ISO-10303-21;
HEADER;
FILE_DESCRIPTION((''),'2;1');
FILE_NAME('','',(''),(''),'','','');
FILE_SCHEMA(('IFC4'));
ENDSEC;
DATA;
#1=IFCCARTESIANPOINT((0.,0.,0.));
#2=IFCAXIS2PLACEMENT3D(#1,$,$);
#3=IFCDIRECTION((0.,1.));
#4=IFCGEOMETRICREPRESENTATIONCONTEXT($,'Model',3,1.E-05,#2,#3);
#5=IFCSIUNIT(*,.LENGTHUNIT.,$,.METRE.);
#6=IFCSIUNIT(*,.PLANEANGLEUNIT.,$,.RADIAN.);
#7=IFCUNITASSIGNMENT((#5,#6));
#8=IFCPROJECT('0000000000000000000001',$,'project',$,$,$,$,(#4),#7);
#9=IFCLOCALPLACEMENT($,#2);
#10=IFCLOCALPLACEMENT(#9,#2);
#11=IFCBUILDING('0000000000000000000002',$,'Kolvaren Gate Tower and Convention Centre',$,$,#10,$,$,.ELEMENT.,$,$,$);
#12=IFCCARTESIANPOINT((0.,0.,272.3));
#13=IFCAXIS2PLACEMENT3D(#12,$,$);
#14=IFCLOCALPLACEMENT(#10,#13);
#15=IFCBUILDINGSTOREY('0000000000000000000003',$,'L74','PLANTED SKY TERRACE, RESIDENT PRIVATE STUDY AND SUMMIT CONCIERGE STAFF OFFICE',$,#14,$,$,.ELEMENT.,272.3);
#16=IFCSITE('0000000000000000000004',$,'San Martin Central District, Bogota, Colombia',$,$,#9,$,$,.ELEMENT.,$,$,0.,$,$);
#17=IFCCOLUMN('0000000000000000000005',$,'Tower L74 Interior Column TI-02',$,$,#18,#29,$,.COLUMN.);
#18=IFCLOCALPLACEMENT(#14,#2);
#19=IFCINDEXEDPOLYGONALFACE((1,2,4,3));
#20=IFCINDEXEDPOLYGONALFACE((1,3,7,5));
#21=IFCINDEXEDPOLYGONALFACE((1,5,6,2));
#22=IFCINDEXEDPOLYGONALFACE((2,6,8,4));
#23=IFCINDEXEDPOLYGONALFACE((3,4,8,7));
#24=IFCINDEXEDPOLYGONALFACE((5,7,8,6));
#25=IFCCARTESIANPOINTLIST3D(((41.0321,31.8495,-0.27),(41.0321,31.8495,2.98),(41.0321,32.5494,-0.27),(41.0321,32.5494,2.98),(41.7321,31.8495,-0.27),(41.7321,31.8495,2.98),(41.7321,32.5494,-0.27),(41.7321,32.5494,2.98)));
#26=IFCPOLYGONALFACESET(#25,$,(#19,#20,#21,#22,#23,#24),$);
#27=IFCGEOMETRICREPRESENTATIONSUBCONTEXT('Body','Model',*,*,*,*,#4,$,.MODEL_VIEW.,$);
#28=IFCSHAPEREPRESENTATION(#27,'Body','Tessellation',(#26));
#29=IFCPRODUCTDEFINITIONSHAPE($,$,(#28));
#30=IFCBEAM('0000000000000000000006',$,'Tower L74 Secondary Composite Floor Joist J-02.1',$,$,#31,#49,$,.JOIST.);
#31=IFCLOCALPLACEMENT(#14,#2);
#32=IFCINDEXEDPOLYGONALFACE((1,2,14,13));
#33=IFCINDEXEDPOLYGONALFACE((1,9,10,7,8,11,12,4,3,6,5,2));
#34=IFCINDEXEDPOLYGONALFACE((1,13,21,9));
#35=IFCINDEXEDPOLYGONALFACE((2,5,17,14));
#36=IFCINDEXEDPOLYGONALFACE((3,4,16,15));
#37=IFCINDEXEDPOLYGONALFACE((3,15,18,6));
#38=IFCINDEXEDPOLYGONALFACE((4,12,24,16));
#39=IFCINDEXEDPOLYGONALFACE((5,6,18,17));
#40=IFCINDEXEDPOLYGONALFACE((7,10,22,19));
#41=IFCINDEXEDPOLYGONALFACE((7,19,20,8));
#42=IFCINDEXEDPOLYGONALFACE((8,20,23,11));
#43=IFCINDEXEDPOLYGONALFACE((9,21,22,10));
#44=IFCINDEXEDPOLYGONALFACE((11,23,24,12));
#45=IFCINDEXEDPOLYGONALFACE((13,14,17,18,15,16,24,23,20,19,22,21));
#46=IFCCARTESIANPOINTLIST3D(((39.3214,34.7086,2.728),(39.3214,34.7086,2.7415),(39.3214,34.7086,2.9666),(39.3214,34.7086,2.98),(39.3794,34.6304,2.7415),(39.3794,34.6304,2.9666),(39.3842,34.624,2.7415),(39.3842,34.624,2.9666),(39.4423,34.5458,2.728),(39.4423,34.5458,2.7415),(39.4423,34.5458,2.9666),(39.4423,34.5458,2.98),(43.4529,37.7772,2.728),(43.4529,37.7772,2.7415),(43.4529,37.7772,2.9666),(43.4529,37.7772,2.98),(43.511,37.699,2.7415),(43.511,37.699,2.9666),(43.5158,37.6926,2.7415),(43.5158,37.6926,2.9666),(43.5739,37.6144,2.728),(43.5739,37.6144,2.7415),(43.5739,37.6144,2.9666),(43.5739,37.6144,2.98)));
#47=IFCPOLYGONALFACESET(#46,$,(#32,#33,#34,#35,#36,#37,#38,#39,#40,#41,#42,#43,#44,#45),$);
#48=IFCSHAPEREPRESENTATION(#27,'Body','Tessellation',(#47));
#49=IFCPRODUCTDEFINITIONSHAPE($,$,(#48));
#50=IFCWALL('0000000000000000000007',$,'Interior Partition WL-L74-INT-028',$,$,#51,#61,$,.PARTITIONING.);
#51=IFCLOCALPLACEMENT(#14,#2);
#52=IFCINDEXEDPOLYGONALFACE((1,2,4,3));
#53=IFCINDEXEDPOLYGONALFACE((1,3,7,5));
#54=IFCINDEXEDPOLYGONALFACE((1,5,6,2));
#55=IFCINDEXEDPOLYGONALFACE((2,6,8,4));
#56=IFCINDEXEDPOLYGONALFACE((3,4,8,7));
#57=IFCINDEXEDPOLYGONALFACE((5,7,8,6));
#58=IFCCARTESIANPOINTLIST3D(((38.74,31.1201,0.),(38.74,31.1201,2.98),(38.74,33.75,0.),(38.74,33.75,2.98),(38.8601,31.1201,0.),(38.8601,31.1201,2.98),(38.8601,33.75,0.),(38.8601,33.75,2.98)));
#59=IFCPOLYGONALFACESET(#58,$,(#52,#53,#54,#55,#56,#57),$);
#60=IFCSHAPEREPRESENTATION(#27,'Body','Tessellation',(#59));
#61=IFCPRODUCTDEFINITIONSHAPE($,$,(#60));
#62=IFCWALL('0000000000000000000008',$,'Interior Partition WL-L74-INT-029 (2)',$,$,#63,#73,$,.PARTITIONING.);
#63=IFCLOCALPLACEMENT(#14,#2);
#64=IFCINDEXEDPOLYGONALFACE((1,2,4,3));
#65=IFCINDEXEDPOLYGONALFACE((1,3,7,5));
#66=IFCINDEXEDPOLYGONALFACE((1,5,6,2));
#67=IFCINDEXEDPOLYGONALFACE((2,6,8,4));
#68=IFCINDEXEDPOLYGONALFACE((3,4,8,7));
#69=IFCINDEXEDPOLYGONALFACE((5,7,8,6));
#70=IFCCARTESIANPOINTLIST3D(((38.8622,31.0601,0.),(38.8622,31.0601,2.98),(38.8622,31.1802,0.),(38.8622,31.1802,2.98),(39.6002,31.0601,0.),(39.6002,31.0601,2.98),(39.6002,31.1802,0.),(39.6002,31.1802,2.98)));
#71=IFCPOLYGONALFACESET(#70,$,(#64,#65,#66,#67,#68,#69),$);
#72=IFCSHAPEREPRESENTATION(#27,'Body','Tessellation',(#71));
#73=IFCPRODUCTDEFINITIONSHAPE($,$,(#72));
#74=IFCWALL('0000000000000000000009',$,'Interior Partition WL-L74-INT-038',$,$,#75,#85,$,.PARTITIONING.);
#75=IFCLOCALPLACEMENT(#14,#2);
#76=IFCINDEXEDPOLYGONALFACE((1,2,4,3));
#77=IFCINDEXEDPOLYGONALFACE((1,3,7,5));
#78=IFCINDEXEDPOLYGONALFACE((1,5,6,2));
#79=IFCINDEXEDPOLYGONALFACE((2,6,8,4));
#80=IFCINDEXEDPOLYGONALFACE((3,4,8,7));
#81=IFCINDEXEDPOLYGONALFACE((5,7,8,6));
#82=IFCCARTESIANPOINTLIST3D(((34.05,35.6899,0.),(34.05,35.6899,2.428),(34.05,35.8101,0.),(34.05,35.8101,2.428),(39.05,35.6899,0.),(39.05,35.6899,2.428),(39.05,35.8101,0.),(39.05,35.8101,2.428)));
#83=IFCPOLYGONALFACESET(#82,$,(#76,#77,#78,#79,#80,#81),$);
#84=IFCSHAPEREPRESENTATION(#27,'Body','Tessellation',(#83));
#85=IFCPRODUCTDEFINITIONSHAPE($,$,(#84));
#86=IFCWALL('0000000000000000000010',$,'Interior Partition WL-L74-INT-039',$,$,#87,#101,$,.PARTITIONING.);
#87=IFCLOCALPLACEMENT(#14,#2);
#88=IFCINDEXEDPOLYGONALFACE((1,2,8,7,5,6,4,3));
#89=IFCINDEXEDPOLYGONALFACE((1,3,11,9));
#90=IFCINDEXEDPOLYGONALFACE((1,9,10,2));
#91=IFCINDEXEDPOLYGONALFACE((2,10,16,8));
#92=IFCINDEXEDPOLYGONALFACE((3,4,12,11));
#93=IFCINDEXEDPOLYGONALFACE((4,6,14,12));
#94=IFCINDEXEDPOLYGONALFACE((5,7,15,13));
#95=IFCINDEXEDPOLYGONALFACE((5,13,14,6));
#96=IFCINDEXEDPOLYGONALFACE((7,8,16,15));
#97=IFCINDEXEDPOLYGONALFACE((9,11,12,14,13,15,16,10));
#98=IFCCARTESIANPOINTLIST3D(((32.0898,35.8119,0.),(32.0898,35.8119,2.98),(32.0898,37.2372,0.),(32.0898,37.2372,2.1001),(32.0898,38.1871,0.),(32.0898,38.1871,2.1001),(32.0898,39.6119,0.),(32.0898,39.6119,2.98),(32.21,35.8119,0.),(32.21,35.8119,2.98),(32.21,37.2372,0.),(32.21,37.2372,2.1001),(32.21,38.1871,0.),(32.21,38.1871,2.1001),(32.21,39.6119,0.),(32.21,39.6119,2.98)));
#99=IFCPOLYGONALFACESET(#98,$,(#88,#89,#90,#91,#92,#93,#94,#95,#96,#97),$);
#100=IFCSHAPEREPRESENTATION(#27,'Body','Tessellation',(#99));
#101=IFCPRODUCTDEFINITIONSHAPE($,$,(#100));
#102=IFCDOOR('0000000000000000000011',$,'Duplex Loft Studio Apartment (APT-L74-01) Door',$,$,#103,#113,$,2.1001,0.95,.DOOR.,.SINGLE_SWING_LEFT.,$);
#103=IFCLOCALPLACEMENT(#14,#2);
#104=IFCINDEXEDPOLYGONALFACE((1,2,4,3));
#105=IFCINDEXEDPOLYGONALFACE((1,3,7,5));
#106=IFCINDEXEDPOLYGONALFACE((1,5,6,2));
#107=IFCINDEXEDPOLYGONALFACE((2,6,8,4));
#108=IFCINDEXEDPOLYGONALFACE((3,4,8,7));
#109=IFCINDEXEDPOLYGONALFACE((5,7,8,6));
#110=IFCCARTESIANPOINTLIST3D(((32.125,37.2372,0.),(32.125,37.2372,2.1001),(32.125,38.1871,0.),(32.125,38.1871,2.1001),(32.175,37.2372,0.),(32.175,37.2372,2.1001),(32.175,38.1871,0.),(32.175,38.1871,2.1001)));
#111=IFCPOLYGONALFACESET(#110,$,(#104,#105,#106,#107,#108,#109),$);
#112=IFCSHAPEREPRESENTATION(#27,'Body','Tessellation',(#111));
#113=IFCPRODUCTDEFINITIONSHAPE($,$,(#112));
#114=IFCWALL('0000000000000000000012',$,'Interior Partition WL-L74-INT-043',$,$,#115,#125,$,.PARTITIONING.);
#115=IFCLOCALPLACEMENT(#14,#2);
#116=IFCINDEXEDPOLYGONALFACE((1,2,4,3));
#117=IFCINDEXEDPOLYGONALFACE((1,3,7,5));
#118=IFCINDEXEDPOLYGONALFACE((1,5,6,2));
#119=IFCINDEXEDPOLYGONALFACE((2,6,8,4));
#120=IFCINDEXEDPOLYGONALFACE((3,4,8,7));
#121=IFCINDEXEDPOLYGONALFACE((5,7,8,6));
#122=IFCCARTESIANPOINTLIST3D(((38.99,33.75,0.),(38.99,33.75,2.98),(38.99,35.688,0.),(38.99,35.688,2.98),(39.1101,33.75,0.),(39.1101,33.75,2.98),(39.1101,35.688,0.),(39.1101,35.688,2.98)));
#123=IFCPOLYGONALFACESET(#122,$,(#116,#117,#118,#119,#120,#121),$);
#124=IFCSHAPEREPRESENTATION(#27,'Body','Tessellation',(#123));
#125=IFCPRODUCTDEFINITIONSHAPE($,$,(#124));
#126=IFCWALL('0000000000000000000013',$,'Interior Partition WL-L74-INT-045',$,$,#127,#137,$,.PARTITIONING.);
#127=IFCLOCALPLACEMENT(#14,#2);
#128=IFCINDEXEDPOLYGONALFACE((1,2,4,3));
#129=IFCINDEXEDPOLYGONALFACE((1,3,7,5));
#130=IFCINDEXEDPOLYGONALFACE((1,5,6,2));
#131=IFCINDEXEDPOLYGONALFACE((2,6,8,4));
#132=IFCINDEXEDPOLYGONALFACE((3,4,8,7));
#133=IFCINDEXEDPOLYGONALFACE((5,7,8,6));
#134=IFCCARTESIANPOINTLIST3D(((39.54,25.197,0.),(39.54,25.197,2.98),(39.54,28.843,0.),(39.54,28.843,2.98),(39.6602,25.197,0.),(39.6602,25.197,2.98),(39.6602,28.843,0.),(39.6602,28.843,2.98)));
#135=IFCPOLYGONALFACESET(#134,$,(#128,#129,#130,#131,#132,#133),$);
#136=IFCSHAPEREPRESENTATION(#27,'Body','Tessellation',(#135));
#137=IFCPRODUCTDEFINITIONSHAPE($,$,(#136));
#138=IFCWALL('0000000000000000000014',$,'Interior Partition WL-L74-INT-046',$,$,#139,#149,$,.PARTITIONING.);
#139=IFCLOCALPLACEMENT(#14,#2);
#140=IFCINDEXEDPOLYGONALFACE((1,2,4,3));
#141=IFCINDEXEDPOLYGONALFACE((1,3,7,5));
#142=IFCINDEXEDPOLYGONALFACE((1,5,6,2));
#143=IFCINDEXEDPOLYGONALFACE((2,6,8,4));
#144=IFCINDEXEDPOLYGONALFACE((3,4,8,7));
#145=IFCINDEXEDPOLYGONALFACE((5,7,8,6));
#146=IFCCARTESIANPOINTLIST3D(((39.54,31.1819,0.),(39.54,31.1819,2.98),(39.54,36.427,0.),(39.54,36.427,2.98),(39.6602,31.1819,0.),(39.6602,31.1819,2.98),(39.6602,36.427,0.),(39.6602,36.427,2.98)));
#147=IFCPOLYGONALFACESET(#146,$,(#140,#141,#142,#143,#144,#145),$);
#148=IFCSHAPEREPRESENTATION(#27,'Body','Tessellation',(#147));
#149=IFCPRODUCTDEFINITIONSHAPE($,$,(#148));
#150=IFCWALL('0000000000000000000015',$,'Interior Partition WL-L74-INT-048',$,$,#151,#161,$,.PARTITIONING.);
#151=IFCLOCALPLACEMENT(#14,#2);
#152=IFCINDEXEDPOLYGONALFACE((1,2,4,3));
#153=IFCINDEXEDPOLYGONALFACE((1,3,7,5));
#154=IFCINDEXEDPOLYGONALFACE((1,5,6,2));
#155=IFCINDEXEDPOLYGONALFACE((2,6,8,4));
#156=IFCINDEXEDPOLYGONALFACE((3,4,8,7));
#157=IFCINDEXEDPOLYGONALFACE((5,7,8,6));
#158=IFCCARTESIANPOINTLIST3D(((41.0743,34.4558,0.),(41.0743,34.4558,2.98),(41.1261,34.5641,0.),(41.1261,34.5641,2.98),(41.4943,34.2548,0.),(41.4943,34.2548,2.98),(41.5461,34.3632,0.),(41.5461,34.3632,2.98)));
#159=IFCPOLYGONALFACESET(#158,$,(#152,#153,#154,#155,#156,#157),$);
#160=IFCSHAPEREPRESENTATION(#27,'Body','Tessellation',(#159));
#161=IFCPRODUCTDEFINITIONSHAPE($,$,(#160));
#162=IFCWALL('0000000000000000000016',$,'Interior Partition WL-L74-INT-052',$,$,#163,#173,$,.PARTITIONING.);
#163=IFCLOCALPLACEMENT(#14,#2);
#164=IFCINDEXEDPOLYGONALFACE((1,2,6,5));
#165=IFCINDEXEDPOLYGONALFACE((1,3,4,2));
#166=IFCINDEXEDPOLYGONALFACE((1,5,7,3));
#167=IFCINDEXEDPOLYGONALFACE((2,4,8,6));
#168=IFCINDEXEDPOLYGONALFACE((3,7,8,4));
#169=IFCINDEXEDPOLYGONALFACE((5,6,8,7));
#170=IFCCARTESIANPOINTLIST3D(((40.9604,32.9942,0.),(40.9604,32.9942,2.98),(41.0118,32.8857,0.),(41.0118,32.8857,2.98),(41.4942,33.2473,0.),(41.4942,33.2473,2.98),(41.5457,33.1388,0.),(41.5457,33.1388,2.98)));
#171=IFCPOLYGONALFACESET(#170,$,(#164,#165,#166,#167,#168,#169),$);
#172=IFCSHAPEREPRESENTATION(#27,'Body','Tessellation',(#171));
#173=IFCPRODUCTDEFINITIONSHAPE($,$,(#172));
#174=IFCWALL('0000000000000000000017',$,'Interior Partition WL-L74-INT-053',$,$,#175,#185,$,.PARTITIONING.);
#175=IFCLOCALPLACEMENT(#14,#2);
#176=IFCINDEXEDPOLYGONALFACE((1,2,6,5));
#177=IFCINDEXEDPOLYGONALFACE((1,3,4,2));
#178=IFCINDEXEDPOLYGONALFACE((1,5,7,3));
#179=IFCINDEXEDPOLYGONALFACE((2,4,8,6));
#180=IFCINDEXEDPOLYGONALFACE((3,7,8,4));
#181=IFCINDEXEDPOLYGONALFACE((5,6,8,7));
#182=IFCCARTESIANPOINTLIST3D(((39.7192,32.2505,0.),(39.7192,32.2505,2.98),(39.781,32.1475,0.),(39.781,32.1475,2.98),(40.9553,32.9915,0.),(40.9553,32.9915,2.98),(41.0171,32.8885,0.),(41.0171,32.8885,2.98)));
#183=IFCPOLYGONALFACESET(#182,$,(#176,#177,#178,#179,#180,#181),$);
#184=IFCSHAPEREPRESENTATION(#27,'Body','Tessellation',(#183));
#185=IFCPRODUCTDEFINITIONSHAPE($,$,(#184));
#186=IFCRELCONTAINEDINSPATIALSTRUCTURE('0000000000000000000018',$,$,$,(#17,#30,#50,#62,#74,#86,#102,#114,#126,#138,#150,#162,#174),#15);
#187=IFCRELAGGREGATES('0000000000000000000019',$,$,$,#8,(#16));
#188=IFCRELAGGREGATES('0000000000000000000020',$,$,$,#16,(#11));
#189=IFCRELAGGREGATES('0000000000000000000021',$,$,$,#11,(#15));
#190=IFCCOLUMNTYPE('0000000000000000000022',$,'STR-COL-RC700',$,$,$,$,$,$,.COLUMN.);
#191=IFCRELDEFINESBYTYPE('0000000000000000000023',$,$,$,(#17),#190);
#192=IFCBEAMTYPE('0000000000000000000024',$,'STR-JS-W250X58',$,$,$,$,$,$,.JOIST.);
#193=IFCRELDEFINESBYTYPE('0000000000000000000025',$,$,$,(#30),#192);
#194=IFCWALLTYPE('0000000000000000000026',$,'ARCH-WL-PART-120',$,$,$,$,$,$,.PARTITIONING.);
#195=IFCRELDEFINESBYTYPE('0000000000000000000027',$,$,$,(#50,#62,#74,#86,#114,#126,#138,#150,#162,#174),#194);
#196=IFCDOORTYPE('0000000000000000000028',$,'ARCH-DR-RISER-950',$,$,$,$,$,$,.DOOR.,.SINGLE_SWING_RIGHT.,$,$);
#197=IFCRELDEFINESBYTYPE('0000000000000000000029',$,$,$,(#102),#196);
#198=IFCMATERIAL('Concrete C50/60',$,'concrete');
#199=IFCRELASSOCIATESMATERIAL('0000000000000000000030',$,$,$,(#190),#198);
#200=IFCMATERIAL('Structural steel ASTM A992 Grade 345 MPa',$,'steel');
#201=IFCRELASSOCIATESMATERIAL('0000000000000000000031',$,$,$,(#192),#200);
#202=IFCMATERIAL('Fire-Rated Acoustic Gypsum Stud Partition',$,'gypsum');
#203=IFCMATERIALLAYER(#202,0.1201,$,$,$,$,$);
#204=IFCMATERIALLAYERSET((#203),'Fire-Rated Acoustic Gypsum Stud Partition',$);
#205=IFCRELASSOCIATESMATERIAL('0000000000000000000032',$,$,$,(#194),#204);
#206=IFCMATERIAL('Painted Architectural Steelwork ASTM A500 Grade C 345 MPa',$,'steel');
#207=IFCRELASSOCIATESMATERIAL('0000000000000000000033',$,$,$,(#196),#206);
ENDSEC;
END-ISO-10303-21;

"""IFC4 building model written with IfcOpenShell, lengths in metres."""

from ifc_helpers import new_model, si_unit, direction, frame, frame_2d, origin, origin_2d, place, context, subcontext, project, spatial, rectangle, i_section, extrude, material, layer, layer_set, material_profile, profile_set, type_object, element, fill, save


model = new_model("IFC4")

# Units and contexts
model_context = context("Model", 3, precision=1e-05, world=origin(), true_north=direction((0.0, 1.0)))
body_context = subcontext(model_context, "Body", "Model", "MODEL_VIEW")
ifc_project = project(units=[si_unit("LENGTHUNIT", "METRE"), si_unit("PLANEANGLEUNIT", "RADIAN")], contexts=[model_context])

# Site, building, storey
site_placement = place(None, origin())
site = spatial("IfcSite", under=ifc_project, at=site_placement, Name="San Martin Central District, Bogota, Colombia", CompositionType="ELEMENT", RefElevation=0.0)
building_placement = place(site_placement, origin())
building = spatial("IfcBuilding", under=site, at=building_placement, Name="Kolvaren Gate Tower and Convention Centre", CompositionType="ELEMENT")
storey_placement = place(building_placement, frame((0.0, 0.0, 272.3)))
storey = spatial("IfcBuildingStorey", under=building, at=storey_placement, Name="L74", Description="PLANTED SKY TERRACE, RESIDENT PRIVATE STUDY AND SUMMIT CONCIERGE STAFF OFFICE", CompositionType="ELEMENT", Elevation=272.3)

# Column
ifc_material_1 = material(Name="Concrete C50/60", Category="concrete")
ifc_material_profile_1 = material_profile(ifc_material_1, rectangle(XDim=0.7, YDim=0.7, at=origin_2d()), Name="RC-COL-700X700")
ifc_profile_set_1 = profile_set([ifc_material_profile_1], Name="Concrete C50/60")
column_type = type_object("IfcColumnType", Name="STR-COL-RC700", PredefinedType="COLUMN", material=ifc_profile_set_1)
column_placement = place(storey_placement, frame((41.3821, 32.1995, -0.27), z_axis=(0.0, 0.0, 1.0), x_axis=(1.0, 0.0, 0.0)))
element("IfcColumn", 1, at=column_placement, inside=storey, type_object=column_type, Name="Tower L74 Interior Column TI-02", PredefinedType="COLUMN", context=body_context, shape_type="SweptSolid", body=[
    extrude(rectangle(XDim=0.7, YDim=0.7, at=origin_2d()), origin(), (0.0, 0.0, 1.0), 3.25),
])

# Beam
ifc_material_2 = material(Name="Structural steel ASTM A992 Grade 345 MPa", Category="steel")
ifc_material_profile_2 = material_profile(ifc_material_2, i_section(OverallWidth=0.2029, OverallDepth=0.252, WebThickness=0.0081, FlangeThickness=0.0134, at=origin_2d()), Name="W250X58")
ifc_profile_set_2 = profile_set([ifc_material_profile_2], Name="Structural steel ASTM A992 Grade 345 MPa")
beam_type = type_object("IfcBeamType", Name="STR-JS-W250X58", PredefinedType="JOIST", material=ifc_profile_set_2)
beam_placement = place(storey_placement, frame((39.3818, 34.6272, 2.854), z_axis=(0.802798, 0.596252, 0.0), x_axis=(-0.596252, 0.802798, 0.0)))
element("IfcBeam", 2, at=beam_placement, inside=storey, type_object=beam_type, Name="Tower L74 Secondary Composite Floor Joist J-02.1", PredefinedType="JOIST", context=body_context, shape_type="SweptSolid", body=[
    extrude(i_section(OverallWidth=0.2029, OverallDepth=0.252, WebThickness=0.0081, FlangeThickness=0.0134, at=origin_2d()), origin(), (0.0, 0.0, 1.0), 5.1465),
])

# Walls
ifc_material_3 = material(Name="Fire-Rated Acoustic Gypsum Stud Partition", Category="gypsum")
ifc_layer_1 = layer(ifc_material_3, 0.1201)
ifc_layer_set_1 = layer_set([ifc_layer_1], Name="Fire-Rated Acoustic Gypsum Stud Partition")
wall_type_1 = type_object("IfcWallType", Name="ARCH-WL-PART-120", PredefinedType="PARTITIONING", material=ifc_layer_set_1)
wall_1_placement = place(storey_placement, frame((38.8, 31.1201, 0.0), z_axis=(0.0, 0.0, 1.0), x_axis=(0.0, 1.0, 0.0)))
element("IfcWall", 3, at=wall_1_placement, inside=storey, type_object=wall_type_1, Name="Interior Partition WL-L74-INT-028", PredefinedType="PARTITIONING", context=body_context, shape_type="SweptSolid", body=[
    extrude(rectangle(XDim=2.6299, YDim=0.1201, at=frame_2d((1.3149, 0.0))), origin(), (0.0, 0.0, 1.0), 2.98),
])
wall_2_placement = place(storey_placement, frame((38.8621, 31.1201, 0.0), z_axis=(0.0, 0.0, 1.0), x_axis=(1.0, 0.0, 0.0)))
element("IfcWall", 4, at=wall_2_placement, inside=storey, type_object=wall_type_1, Name="Interior Partition WL-L74-INT-029 (2)", PredefinedType="PARTITIONING", context=body_context, shape_type="SweptSolid", body=[
    extrude(rectangle(XDim=0.738, YDim=0.1201, at=frame_2d((0.3691, 0.0))), origin(), (0.0, 0.0, 1.0), 2.98),
])
wall_3_placement = place(storey_placement, frame((34.05, 35.75, 0.0), z_axis=(0.0, 0.0, 1.0), x_axis=(1.0, 0.0, 0.0)))
element("IfcWall", 5, at=wall_3_placement, inside=storey, type_object=wall_type_1, Name="Interior Partition WL-L74-INT-038", PredefinedType="PARTITIONING", context=body_context, shape_type="SweptSolid", body=[
    extrude(rectangle(XDim=5.0, YDim=0.1201, at=frame_2d((2.5, 0.0))), origin(), (0.0, 0.0, 1.0), 2.428),
])

# Wall, opening, door
wall_4_placement = place(storey_placement, frame((32.1499, 35.812, 0.0), z_axis=(0.0, 0.0, 1.0), x_axis=(0.0, 1.0, 0.0)))
wall_4 = element("IfcWall", 6, at=wall_4_placement, inside=storey, type_object=wall_type_1, Name="Interior Partition WL-L74-INT-039", PredefinedType="PARTITIONING", context=body_context, shape_type="SweptSolid", body=[
    extrude(rectangle(XDim=3.8, YDim=0.1201, at=frame_2d((1.8999, 0.0))), origin(), (0.0, 0.0, 1.0), 2.98),
])
opening_1_placement = place(wall_4_placement, frame((1.425, 0.0, 0.0)))
opening_1 = element("IfcOpeningElement", 7, at=opening_1_placement, cuts=wall_4, PredefinedType="OPENING", context=body_context, shape_type="SweptSolid", body=[
    extrude(rectangle(XDim=0.95, YDim=2.1001, at=frame_2d((0.4751, 1.05))), frame((0.0, 0.0701, 0.0), z_axis=(0.0, -1.0, 0.0), x_axis=(1.0, 0.0, 0.0)), (0.0, 0.0, 1.0), 0.1401),
])
ifc_material_4 = material(Name="Painted Architectural Steelwork ASTM A500 Grade C 345 MPa", Category="steel")
door_type = type_object("IfcDoorType", Name="ARCH-DR-RISER-950", OperationType="SINGLE_SWING_RIGHT", PredefinedType="DOOR", material=ifc_material_4)
door_1_placement = place(opening_1_placement, origin())
door_1 = element("IfcDoor", 8, at=door_1_placement, inside=storey, type_object=door_type, Name="Duplex Loft Studio Apartment (APT-L74-01) Door", OperationType="SINGLE_SWING_LEFT", OverallHeight=2.1001, OverallWidth=0.95, PredefinedType="DOOR", context=body_context, shape_type="SweptSolid", body=[
    extrude(rectangle(XDim=0.95, YDim=2.1001, at=frame_2d((0.4751, 1.05))), frame((0.0, 0.0249, 0.0), z_axis=(0.0, -1.0, 0.0), x_axis=(1.0, 0.0, 0.0)), (0.0, 0.0, 1.0), 0.05),
])
fill(opening_1, door_1)

# Walls
wall_5_placement = place(storey_placement, frame((39.05, 33.75, 0.0), z_axis=(0.0, 0.0, 1.0), x_axis=(0.0, 1.0, 0.0)))
element("IfcWall", 9, at=wall_5_placement, inside=storey, type_object=wall_type_1, Name="Interior Partition WL-L74-INT-043", PredefinedType="PARTITIONING", context=body_context, shape_type="SweptSolid", body=[
    extrude(rectangle(XDim=1.938, YDim=0.1201, at=frame_2d((0.969, 0.0))), origin(), (0.0, 0.0, 1.0), 2.98),
])
wall_6_placement = place(storey_placement, frame((39.6001, 25.197, 0.0), z_axis=(0.0, 0.0, 1.0), x_axis=(0.0, 1.0, 0.0)))
element("IfcWall", 10, at=wall_6_placement, inside=storey, type_object=wall_type_1, Name="Interior Partition WL-L74-INT-045", PredefinedType="PARTITIONING", context=body_context, shape_type="SweptSolid", body=[
    extrude(rectangle(XDim=3.646, YDim=0.1201, at=frame_2d((1.823, 0.0))), origin(), (0.0, 0.0, 1.0), 2.98),
])
wall_7_placement = place(storey_placement, frame((39.6001, 31.1819, 0.0), z_axis=(0.0, 0.0, 1.0), x_axis=(0.0, 1.0, 0.0)))
element("IfcWall", 11, at=wall_7_placement, inside=storey, type_object=wall_type_1, Name="Interior Partition WL-L74-INT-046", PredefinedType="PARTITIONING", context=body_context, shape_type="SweptSolid", body=[
    extrude(rectangle(XDim=5.2451, YDim=0.1201, at=frame_2d((2.6226, 0.0))), origin(), (0.0, 0.0, 1.0), 2.98),
])
wall_8_placement = place(storey_placement, frame((41.1001, 34.51, 0.0), z_axis=(0.0, 0.0, 1.0), x_axis=(0.902054, -0.431623, 0.0)))
element("IfcWall", 12, at=wall_8_placement, inside=storey, type_object=wall_type_1, Name="Interior Partition WL-L74-INT-048", PredefinedType="PARTITIONING", context=body_context, shape_type="SweptSolid", body=[
    extrude(rectangle(XDim=0.4656, YDim=0.1201, at=frame_2d((0.2329, 0.0))), origin(), (0.0, 0.0, 1.0), 2.98),
])
wall_9_placement = place(storey_placement, frame((40.9861, 32.9399, 0.0), z_axis=(0.0, 0.0, 1.0), x_axis=(0.90357, 0.428442, 0.0)))
element("IfcWall", 13, at=wall_9_placement, inside=storey, type_object=wall_type_1, Name="Interior Partition WL-L74-INT-052", PredefinedType="PARTITIONING", context=body_context, shape_type="SweptSolid", body=[
    extrude(rectangle(XDim=0.5908, YDim=0.1201, at=frame_2d((0.2954, 0.0))), origin(), (0.0, 0.0, 1.0), 2.98),
])
wall_10_placement = place(storey_placement, frame((39.75, 32.199, 0.0), z_axis=(0.0, 0.0, 1.0), x_axis=(0.857702, 0.514147, 0.0)))
element("IfcWall", 14, at=wall_10_placement, inside=storey, type_object=wall_type_1, Name="Interior Partition WL-L74-INT-053", PredefinedType="PARTITIONING", context=body_context, shape_type="SweptSolid", body=[
    extrude(rectangle(XDim=1.4412, YDim=0.1201, at=frame_2d((0.7207, 0.0))), origin(), (0.0, 0.0, 1.0), 2.98),
])

save(model, "model.ifc")
